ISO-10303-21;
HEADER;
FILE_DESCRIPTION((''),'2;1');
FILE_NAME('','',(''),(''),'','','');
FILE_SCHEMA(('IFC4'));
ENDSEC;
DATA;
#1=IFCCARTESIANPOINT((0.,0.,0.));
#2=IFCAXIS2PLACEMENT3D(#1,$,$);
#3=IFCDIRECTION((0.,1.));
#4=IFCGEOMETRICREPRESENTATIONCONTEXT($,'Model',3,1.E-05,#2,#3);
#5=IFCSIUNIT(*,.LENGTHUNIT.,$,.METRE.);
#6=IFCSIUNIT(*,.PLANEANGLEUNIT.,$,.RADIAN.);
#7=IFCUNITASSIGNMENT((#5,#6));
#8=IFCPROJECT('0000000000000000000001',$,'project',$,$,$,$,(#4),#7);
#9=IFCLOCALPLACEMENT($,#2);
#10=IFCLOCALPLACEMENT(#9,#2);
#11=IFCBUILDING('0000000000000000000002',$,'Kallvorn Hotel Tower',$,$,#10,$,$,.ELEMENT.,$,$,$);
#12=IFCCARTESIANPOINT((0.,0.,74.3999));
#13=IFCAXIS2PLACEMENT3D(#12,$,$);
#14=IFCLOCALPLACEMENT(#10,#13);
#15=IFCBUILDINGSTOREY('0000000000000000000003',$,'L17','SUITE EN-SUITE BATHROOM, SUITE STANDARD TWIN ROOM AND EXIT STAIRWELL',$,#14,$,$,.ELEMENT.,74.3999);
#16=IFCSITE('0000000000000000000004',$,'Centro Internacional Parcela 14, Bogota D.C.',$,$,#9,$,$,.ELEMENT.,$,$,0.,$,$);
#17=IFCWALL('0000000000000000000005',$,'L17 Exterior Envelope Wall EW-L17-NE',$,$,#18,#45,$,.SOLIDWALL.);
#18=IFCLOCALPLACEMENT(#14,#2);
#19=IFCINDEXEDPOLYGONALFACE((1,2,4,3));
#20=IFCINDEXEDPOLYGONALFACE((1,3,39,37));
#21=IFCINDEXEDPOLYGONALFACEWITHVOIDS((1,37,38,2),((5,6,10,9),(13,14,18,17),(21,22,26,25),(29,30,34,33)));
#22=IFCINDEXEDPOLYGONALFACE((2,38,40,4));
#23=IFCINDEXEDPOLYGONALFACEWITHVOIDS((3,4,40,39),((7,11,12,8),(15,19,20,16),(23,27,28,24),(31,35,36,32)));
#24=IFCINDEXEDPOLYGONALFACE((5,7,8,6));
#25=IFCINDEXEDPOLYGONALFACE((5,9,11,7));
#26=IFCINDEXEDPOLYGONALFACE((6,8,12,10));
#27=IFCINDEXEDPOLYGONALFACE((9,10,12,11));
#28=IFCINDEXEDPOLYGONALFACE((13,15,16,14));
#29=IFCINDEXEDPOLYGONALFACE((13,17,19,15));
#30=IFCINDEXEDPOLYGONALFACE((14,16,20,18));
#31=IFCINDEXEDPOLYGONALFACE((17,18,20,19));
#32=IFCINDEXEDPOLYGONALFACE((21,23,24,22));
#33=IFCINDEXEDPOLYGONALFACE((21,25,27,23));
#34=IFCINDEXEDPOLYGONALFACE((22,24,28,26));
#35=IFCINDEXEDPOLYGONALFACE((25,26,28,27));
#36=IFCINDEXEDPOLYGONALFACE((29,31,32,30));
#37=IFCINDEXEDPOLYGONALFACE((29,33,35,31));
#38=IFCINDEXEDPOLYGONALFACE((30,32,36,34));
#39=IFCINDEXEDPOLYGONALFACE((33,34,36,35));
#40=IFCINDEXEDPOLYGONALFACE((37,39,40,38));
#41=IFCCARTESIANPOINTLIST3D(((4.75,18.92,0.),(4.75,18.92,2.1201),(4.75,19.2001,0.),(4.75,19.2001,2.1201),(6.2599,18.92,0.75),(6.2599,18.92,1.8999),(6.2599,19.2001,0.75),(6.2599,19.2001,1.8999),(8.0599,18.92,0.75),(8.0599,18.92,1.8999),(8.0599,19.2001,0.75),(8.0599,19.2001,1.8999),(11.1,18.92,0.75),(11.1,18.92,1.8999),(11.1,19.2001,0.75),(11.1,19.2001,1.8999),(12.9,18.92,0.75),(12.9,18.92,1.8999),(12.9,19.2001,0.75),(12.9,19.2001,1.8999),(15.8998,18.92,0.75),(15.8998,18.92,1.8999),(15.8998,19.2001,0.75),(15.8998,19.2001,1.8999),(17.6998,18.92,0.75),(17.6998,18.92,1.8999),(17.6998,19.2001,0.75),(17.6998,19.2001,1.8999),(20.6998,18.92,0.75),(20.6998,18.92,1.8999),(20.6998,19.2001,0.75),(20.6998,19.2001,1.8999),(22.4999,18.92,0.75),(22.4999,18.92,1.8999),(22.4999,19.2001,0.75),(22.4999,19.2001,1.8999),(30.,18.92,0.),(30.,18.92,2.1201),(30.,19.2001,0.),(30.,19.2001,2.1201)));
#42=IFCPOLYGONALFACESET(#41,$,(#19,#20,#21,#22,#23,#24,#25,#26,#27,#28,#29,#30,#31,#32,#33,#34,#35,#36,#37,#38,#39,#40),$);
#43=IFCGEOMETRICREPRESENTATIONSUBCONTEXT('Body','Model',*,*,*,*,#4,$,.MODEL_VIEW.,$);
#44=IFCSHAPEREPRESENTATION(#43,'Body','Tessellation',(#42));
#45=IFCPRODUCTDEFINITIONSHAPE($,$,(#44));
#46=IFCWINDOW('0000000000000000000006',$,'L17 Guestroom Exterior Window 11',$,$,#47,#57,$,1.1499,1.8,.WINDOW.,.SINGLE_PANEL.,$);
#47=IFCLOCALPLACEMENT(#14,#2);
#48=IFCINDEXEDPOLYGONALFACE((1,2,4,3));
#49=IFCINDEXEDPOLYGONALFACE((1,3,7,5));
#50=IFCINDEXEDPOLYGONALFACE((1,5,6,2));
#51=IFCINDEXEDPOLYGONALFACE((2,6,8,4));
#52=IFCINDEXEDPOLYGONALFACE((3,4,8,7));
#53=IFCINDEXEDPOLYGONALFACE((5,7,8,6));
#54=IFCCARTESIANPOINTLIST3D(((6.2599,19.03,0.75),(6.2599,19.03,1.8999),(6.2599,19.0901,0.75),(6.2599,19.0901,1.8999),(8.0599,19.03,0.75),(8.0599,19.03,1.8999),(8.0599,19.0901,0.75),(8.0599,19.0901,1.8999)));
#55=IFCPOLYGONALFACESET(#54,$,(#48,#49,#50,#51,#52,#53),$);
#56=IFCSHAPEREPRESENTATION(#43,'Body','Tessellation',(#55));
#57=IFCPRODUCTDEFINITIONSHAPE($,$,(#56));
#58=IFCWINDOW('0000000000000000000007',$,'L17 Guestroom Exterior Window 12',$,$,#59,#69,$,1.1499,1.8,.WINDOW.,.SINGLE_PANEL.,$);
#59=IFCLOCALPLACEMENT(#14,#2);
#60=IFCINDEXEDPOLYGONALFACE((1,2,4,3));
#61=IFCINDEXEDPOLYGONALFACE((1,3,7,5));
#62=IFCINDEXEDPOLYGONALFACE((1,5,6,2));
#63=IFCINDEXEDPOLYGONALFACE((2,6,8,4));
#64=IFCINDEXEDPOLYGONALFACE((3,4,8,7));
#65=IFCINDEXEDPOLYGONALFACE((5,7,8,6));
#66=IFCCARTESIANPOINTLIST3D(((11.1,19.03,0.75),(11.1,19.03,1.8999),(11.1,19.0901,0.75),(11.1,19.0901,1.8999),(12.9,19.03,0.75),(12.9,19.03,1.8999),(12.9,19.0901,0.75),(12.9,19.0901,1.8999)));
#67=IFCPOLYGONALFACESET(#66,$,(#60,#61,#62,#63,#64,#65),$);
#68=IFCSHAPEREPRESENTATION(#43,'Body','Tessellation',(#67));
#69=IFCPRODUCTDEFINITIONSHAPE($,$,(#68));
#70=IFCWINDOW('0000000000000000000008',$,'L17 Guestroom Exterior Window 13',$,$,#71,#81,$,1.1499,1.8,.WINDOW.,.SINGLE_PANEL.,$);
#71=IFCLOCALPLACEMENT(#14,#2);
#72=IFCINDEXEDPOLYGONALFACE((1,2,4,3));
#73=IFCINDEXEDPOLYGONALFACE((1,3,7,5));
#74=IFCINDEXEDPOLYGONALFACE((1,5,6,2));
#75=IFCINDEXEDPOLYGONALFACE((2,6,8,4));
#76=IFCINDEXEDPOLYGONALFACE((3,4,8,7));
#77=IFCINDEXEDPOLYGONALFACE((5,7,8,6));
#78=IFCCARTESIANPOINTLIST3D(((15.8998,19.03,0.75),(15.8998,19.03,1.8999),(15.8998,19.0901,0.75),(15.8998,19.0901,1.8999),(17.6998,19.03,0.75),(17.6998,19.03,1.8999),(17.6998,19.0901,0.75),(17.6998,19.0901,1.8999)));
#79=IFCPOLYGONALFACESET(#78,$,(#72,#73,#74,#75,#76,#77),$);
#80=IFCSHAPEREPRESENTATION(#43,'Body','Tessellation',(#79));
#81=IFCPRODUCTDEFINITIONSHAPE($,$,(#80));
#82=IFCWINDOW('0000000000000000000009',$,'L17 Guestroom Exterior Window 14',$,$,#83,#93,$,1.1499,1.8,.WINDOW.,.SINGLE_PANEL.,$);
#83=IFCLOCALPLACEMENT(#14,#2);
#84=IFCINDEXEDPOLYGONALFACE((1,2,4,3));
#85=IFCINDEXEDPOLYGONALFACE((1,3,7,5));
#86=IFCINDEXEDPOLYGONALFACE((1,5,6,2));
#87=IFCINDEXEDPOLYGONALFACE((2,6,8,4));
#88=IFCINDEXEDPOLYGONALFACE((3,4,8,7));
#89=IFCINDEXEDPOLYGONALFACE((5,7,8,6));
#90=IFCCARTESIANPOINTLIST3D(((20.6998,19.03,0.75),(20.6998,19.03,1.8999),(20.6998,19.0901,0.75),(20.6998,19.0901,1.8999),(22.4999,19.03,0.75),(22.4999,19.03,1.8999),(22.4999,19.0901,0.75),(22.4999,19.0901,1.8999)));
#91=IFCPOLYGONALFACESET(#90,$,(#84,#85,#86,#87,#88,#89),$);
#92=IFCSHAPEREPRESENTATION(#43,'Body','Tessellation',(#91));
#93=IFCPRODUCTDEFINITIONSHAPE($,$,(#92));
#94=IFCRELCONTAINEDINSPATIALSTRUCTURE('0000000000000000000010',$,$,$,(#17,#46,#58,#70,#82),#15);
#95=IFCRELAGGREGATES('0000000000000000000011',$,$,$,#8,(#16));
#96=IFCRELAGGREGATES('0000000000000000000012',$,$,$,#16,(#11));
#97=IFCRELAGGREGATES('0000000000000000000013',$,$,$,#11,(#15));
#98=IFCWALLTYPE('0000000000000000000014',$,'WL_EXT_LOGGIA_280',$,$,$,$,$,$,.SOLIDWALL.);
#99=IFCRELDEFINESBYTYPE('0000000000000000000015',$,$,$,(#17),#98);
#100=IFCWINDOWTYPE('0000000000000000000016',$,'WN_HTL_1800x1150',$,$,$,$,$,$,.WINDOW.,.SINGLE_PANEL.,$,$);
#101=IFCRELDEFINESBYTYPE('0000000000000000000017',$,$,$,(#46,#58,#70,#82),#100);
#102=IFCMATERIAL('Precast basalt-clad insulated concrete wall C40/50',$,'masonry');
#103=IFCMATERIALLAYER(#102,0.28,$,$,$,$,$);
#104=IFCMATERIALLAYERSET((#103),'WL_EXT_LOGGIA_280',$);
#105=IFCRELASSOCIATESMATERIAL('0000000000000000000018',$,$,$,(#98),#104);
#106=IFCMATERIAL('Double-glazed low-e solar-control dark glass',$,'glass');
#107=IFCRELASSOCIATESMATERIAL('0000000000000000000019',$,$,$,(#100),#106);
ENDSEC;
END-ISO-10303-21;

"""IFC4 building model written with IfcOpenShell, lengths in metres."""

from ifc_helpers import new_model, si_unit, direction, frame, frame_2d, origin, place, context, subcontext, project, spatial, rectangle, extrude, material, layer, layer_set, type_object, element, fill, save


model = new_model("IFC4")

# Units and contexts
model_context = context("Model", 3, precision=1e-05, world=origin(), true_north=direction((0.0, 1.0)))
body_context = subcontext(model_context, "Body", "Model", "MODEL_VIEW")
ifc_project = project(units=[si_unit("LENGTHUNIT", "METRE"), si_unit("PLANEANGLEUNIT", "RADIAN")], contexts=[model_context])

# Site, building, storey
site_placement = place(None, origin())
site = spatial("IfcSite", under=ifc_project, at=site_placement, Name="Centro Internacional Parcela 14, Bogota D.C.", CompositionType="ELEMENT", RefElevation=0.0)
building_placement = place(site_placement, origin())
building = spatial("IfcBuilding", under=site, at=building_placement, Name="Kallvorn Hotel Tower", CompositionType="ELEMENT")
storey_placement = place(building_placement, frame((0.0, 0.0, 74.3999)))
storey = spatial("IfcBuildingStorey", under=building, at=storey_placement, Name="L17", Description="SUITE EN-SUITE BATHROOM, SUITE STANDARD TWIN ROOM AND EXIT STAIRWELL", CompositionType="ELEMENT", Elevation=74.3999)

# Wall, openings, windows
ifc_material_1 = material(Name="Precast basalt-clad insulated concrete wall C40/50", Category="masonry")
ifc_layer_1 = layer(ifc_material_1, 0.28)
ifc_layer_set_1 = layer_set([ifc_layer_1], Name="WL_EXT_LOGGIA_280")
wall_type_1 = type_object("IfcWallType", Name="WL_EXT_LOGGIA_280", PredefinedType="SOLIDWALL", material=ifc_layer_set_1)
wall_1_placement = place(storey_placement, frame((4.75, 19.0601, 0.0), z_axis=(0.0, 0.0, 1.0), x_axis=(1.0, 0.0, 0.0)))
wall_1 = element("IfcWall", 1, at=wall_1_placement, inside=storey, type_object=wall_type_1, Name="L17 Exterior Envelope Wall EW-L17-NE", PredefinedType="SOLIDWALL", context=body_context, shape_type="SweptSolid", body=[
    extrude(rectangle(XDim=25.25, YDim=0.28, at=frame_2d((12.625, 0.0))), origin(), (0.0, 0.0, 1.0), 2.1201),
])
opening_1_placement = place(wall_1_placement, frame((1.51, 0.0, 0.75)))
opening_1 = element("IfcOpeningElement", 2, at=opening_1_placement, cuts=wall_1, PredefinedType="OPENING", context=body_context, shape_type="SweptSolid", body=[
    extrude(rectangle(XDim=1.8, YDim=1.1499, at=frame_2d((0.8999, 0.575))), frame((0.0, 0.155, 0.0), z_axis=(0.0, -1.0, 0.0), x_axis=(1.0, 0.0, 0.0)), (0.0, 0.0, 1.0), 0.3101),
])
opening_2_placement = place(wall_1_placement, frame((6.3501, 0.0, 0.75)))
opening_2 = element("IfcOpeningElement", 3, at=opening_2_placement, cuts=wall_1, PredefinedType="OPENING", context=body_context, shape_type="SweptSolid", body=[
    extrude(rectangle(XDim=1.8, YDim=1.1499, at=frame_2d((0.8999, 0.575))), frame((0.0, 0.155, 0.0), z_axis=(0.0, -1.0, 0.0), x_axis=(1.0, 0.0, 0.0)), (0.0, 0.0, 1.0), 0.3101),
])
opening_3_placement = place(wall_1_placement, frame((11.1499, 0.0, 0.75)))
opening_3 = element("IfcOpeningElement", 4, at=opening_3_placement, cuts=wall_1, PredefinedType="OPENING", context=body_context, shape_type="SweptSolid", body=[
    extrude(rectangle(XDim=1.8, YDim=1.1499, at=frame_2d((0.8999, 0.575))), frame((0.0, 0.155, 0.0), z_axis=(0.0, -1.0, 0.0), x_axis=(1.0, 0.0, 0.0)), (0.0, 0.0, 1.0), 0.3101),
])
opening_4_placement = place(wall_1_placement, frame((15.95, 0.0, 0.75)))
opening_4 = element("IfcOpeningElement", 5, at=opening_4_placement, cuts=wall_1, PredefinedType="OPENING", context=body_context, shape_type="SweptSolid", body=[
    extrude(rectangle(XDim=1.8, YDim=1.1499, at=frame_2d((0.8999, 0.575))), frame((0.0, 0.155, 0.0), z_axis=(0.0, -1.0, 0.0), x_axis=(1.0, 0.0, 0.0)), (0.0, 0.0, 1.0), 0.3101),
])
ifc_material_2 = material(Name="Double-glazed low-e solar-control dark glass", Category="glass")
window_type = type_object("IfcWindowType", Name="WN_HTL_1800x1150", PartitioningType="SINGLE_PANEL", PredefinedType="WINDOW", material=ifc_material_2)
window_1_placement = place(opening_1_placement, origin())
window_1 = element("IfcWindow", 6, at=window_1_placement, inside=storey, type_object=window_type, Name="L17 Guestroom Exterior Window 11", OverallHeight=1.1499, OverallWidth=1.8, PartitioningType="SINGLE_PANEL", PredefinedType="WINDOW", context=body_context, shape_type="SweptSolid", body=[
    extrude(rectangle(XDim=1.8, YDim=1.1499, at=frame_2d((0.8999, 0.575))), frame((0.0, 0.03, 0.0), z_axis=(0.0, -1.0, 0.0), x_axis=(1.0, 0.0, 0.0)), (0.0, 0.0, 1.0), 0.0601),
])
fill(opening_1, window_1)
window_2_placement = place(opening_2_placement, origin())
window_2 = element("IfcWindow", 7, at=window_2_placement, inside=storey, type_object=window_type, Name="L17 Guestroom Exterior Window 12", OverallHeight=1.1499, OverallWidth=1.8, PartitioningType="SINGLE_PANEL", PredefinedType="WINDOW", context=body_context, shape_type="SweptSolid", body=[
    extrude(rectangle(XDim=1.8, YDim=1.1499, at=frame_2d((0.8999, 0.575))), frame((0.0, 0.03, 0.0), z_axis=(0.0, -1.0, 0.0), x_axis=(1.0, 0.0, 0.0)), (0.0, 0.0, 1.0), 0.0601),
])
fill(opening_2, window_2)
window_3_placement = place(opening_3_placement, origin())
window_3 = element("IfcWindow", 8, at=window_3_placement, inside=storey, type_object=window_type, Name="L17 Guestroom Exterior Window 13", OverallHeight=1.1499, OverallWidth=1.8, PartitioningType="SINGLE_PANEL", PredefinedType="WINDOW", context=body_context, shape_type="SweptSolid", body=[
    extrude(rectangle(XDim=1.8, YDim=1.1499, at=frame_2d((0.8999, 0.575))), frame((0.0, 0.03, 0.0), z_axis=(0.0, -1.0, 0.0), x_axis=(1.0, 0.0, 0.0)), (0.0, 0.0, 1.0), 0.0601),
])
fill(opening_3, window_3)
window_4_placement = place(opening_4_placement, origin())
window_4 = element("IfcWindow", 9, at=window_4_placement, inside=storey, type_object=window_type, Name="L17 Guestroom Exterior Window 14", OverallHeight=1.1499, OverallWidth=1.8, PartitioningType="SINGLE_PANEL", PredefinedType="WINDOW", context=body_context, shape_type="SweptSolid", body=[
    extrude(rectangle(XDim=1.8, YDim=1.1499, at=frame_2d((0.8999, 0.575))), frame((0.0, 0.03, 0.0), z_axis=(0.0, -1.0, 0.0), x_axis=(1.0, 0.0, 0.0)), (0.0, 0.0, 1.0), 0.0601),
])
fill(opening_4, window_4)

save(model, "model.ifc")
